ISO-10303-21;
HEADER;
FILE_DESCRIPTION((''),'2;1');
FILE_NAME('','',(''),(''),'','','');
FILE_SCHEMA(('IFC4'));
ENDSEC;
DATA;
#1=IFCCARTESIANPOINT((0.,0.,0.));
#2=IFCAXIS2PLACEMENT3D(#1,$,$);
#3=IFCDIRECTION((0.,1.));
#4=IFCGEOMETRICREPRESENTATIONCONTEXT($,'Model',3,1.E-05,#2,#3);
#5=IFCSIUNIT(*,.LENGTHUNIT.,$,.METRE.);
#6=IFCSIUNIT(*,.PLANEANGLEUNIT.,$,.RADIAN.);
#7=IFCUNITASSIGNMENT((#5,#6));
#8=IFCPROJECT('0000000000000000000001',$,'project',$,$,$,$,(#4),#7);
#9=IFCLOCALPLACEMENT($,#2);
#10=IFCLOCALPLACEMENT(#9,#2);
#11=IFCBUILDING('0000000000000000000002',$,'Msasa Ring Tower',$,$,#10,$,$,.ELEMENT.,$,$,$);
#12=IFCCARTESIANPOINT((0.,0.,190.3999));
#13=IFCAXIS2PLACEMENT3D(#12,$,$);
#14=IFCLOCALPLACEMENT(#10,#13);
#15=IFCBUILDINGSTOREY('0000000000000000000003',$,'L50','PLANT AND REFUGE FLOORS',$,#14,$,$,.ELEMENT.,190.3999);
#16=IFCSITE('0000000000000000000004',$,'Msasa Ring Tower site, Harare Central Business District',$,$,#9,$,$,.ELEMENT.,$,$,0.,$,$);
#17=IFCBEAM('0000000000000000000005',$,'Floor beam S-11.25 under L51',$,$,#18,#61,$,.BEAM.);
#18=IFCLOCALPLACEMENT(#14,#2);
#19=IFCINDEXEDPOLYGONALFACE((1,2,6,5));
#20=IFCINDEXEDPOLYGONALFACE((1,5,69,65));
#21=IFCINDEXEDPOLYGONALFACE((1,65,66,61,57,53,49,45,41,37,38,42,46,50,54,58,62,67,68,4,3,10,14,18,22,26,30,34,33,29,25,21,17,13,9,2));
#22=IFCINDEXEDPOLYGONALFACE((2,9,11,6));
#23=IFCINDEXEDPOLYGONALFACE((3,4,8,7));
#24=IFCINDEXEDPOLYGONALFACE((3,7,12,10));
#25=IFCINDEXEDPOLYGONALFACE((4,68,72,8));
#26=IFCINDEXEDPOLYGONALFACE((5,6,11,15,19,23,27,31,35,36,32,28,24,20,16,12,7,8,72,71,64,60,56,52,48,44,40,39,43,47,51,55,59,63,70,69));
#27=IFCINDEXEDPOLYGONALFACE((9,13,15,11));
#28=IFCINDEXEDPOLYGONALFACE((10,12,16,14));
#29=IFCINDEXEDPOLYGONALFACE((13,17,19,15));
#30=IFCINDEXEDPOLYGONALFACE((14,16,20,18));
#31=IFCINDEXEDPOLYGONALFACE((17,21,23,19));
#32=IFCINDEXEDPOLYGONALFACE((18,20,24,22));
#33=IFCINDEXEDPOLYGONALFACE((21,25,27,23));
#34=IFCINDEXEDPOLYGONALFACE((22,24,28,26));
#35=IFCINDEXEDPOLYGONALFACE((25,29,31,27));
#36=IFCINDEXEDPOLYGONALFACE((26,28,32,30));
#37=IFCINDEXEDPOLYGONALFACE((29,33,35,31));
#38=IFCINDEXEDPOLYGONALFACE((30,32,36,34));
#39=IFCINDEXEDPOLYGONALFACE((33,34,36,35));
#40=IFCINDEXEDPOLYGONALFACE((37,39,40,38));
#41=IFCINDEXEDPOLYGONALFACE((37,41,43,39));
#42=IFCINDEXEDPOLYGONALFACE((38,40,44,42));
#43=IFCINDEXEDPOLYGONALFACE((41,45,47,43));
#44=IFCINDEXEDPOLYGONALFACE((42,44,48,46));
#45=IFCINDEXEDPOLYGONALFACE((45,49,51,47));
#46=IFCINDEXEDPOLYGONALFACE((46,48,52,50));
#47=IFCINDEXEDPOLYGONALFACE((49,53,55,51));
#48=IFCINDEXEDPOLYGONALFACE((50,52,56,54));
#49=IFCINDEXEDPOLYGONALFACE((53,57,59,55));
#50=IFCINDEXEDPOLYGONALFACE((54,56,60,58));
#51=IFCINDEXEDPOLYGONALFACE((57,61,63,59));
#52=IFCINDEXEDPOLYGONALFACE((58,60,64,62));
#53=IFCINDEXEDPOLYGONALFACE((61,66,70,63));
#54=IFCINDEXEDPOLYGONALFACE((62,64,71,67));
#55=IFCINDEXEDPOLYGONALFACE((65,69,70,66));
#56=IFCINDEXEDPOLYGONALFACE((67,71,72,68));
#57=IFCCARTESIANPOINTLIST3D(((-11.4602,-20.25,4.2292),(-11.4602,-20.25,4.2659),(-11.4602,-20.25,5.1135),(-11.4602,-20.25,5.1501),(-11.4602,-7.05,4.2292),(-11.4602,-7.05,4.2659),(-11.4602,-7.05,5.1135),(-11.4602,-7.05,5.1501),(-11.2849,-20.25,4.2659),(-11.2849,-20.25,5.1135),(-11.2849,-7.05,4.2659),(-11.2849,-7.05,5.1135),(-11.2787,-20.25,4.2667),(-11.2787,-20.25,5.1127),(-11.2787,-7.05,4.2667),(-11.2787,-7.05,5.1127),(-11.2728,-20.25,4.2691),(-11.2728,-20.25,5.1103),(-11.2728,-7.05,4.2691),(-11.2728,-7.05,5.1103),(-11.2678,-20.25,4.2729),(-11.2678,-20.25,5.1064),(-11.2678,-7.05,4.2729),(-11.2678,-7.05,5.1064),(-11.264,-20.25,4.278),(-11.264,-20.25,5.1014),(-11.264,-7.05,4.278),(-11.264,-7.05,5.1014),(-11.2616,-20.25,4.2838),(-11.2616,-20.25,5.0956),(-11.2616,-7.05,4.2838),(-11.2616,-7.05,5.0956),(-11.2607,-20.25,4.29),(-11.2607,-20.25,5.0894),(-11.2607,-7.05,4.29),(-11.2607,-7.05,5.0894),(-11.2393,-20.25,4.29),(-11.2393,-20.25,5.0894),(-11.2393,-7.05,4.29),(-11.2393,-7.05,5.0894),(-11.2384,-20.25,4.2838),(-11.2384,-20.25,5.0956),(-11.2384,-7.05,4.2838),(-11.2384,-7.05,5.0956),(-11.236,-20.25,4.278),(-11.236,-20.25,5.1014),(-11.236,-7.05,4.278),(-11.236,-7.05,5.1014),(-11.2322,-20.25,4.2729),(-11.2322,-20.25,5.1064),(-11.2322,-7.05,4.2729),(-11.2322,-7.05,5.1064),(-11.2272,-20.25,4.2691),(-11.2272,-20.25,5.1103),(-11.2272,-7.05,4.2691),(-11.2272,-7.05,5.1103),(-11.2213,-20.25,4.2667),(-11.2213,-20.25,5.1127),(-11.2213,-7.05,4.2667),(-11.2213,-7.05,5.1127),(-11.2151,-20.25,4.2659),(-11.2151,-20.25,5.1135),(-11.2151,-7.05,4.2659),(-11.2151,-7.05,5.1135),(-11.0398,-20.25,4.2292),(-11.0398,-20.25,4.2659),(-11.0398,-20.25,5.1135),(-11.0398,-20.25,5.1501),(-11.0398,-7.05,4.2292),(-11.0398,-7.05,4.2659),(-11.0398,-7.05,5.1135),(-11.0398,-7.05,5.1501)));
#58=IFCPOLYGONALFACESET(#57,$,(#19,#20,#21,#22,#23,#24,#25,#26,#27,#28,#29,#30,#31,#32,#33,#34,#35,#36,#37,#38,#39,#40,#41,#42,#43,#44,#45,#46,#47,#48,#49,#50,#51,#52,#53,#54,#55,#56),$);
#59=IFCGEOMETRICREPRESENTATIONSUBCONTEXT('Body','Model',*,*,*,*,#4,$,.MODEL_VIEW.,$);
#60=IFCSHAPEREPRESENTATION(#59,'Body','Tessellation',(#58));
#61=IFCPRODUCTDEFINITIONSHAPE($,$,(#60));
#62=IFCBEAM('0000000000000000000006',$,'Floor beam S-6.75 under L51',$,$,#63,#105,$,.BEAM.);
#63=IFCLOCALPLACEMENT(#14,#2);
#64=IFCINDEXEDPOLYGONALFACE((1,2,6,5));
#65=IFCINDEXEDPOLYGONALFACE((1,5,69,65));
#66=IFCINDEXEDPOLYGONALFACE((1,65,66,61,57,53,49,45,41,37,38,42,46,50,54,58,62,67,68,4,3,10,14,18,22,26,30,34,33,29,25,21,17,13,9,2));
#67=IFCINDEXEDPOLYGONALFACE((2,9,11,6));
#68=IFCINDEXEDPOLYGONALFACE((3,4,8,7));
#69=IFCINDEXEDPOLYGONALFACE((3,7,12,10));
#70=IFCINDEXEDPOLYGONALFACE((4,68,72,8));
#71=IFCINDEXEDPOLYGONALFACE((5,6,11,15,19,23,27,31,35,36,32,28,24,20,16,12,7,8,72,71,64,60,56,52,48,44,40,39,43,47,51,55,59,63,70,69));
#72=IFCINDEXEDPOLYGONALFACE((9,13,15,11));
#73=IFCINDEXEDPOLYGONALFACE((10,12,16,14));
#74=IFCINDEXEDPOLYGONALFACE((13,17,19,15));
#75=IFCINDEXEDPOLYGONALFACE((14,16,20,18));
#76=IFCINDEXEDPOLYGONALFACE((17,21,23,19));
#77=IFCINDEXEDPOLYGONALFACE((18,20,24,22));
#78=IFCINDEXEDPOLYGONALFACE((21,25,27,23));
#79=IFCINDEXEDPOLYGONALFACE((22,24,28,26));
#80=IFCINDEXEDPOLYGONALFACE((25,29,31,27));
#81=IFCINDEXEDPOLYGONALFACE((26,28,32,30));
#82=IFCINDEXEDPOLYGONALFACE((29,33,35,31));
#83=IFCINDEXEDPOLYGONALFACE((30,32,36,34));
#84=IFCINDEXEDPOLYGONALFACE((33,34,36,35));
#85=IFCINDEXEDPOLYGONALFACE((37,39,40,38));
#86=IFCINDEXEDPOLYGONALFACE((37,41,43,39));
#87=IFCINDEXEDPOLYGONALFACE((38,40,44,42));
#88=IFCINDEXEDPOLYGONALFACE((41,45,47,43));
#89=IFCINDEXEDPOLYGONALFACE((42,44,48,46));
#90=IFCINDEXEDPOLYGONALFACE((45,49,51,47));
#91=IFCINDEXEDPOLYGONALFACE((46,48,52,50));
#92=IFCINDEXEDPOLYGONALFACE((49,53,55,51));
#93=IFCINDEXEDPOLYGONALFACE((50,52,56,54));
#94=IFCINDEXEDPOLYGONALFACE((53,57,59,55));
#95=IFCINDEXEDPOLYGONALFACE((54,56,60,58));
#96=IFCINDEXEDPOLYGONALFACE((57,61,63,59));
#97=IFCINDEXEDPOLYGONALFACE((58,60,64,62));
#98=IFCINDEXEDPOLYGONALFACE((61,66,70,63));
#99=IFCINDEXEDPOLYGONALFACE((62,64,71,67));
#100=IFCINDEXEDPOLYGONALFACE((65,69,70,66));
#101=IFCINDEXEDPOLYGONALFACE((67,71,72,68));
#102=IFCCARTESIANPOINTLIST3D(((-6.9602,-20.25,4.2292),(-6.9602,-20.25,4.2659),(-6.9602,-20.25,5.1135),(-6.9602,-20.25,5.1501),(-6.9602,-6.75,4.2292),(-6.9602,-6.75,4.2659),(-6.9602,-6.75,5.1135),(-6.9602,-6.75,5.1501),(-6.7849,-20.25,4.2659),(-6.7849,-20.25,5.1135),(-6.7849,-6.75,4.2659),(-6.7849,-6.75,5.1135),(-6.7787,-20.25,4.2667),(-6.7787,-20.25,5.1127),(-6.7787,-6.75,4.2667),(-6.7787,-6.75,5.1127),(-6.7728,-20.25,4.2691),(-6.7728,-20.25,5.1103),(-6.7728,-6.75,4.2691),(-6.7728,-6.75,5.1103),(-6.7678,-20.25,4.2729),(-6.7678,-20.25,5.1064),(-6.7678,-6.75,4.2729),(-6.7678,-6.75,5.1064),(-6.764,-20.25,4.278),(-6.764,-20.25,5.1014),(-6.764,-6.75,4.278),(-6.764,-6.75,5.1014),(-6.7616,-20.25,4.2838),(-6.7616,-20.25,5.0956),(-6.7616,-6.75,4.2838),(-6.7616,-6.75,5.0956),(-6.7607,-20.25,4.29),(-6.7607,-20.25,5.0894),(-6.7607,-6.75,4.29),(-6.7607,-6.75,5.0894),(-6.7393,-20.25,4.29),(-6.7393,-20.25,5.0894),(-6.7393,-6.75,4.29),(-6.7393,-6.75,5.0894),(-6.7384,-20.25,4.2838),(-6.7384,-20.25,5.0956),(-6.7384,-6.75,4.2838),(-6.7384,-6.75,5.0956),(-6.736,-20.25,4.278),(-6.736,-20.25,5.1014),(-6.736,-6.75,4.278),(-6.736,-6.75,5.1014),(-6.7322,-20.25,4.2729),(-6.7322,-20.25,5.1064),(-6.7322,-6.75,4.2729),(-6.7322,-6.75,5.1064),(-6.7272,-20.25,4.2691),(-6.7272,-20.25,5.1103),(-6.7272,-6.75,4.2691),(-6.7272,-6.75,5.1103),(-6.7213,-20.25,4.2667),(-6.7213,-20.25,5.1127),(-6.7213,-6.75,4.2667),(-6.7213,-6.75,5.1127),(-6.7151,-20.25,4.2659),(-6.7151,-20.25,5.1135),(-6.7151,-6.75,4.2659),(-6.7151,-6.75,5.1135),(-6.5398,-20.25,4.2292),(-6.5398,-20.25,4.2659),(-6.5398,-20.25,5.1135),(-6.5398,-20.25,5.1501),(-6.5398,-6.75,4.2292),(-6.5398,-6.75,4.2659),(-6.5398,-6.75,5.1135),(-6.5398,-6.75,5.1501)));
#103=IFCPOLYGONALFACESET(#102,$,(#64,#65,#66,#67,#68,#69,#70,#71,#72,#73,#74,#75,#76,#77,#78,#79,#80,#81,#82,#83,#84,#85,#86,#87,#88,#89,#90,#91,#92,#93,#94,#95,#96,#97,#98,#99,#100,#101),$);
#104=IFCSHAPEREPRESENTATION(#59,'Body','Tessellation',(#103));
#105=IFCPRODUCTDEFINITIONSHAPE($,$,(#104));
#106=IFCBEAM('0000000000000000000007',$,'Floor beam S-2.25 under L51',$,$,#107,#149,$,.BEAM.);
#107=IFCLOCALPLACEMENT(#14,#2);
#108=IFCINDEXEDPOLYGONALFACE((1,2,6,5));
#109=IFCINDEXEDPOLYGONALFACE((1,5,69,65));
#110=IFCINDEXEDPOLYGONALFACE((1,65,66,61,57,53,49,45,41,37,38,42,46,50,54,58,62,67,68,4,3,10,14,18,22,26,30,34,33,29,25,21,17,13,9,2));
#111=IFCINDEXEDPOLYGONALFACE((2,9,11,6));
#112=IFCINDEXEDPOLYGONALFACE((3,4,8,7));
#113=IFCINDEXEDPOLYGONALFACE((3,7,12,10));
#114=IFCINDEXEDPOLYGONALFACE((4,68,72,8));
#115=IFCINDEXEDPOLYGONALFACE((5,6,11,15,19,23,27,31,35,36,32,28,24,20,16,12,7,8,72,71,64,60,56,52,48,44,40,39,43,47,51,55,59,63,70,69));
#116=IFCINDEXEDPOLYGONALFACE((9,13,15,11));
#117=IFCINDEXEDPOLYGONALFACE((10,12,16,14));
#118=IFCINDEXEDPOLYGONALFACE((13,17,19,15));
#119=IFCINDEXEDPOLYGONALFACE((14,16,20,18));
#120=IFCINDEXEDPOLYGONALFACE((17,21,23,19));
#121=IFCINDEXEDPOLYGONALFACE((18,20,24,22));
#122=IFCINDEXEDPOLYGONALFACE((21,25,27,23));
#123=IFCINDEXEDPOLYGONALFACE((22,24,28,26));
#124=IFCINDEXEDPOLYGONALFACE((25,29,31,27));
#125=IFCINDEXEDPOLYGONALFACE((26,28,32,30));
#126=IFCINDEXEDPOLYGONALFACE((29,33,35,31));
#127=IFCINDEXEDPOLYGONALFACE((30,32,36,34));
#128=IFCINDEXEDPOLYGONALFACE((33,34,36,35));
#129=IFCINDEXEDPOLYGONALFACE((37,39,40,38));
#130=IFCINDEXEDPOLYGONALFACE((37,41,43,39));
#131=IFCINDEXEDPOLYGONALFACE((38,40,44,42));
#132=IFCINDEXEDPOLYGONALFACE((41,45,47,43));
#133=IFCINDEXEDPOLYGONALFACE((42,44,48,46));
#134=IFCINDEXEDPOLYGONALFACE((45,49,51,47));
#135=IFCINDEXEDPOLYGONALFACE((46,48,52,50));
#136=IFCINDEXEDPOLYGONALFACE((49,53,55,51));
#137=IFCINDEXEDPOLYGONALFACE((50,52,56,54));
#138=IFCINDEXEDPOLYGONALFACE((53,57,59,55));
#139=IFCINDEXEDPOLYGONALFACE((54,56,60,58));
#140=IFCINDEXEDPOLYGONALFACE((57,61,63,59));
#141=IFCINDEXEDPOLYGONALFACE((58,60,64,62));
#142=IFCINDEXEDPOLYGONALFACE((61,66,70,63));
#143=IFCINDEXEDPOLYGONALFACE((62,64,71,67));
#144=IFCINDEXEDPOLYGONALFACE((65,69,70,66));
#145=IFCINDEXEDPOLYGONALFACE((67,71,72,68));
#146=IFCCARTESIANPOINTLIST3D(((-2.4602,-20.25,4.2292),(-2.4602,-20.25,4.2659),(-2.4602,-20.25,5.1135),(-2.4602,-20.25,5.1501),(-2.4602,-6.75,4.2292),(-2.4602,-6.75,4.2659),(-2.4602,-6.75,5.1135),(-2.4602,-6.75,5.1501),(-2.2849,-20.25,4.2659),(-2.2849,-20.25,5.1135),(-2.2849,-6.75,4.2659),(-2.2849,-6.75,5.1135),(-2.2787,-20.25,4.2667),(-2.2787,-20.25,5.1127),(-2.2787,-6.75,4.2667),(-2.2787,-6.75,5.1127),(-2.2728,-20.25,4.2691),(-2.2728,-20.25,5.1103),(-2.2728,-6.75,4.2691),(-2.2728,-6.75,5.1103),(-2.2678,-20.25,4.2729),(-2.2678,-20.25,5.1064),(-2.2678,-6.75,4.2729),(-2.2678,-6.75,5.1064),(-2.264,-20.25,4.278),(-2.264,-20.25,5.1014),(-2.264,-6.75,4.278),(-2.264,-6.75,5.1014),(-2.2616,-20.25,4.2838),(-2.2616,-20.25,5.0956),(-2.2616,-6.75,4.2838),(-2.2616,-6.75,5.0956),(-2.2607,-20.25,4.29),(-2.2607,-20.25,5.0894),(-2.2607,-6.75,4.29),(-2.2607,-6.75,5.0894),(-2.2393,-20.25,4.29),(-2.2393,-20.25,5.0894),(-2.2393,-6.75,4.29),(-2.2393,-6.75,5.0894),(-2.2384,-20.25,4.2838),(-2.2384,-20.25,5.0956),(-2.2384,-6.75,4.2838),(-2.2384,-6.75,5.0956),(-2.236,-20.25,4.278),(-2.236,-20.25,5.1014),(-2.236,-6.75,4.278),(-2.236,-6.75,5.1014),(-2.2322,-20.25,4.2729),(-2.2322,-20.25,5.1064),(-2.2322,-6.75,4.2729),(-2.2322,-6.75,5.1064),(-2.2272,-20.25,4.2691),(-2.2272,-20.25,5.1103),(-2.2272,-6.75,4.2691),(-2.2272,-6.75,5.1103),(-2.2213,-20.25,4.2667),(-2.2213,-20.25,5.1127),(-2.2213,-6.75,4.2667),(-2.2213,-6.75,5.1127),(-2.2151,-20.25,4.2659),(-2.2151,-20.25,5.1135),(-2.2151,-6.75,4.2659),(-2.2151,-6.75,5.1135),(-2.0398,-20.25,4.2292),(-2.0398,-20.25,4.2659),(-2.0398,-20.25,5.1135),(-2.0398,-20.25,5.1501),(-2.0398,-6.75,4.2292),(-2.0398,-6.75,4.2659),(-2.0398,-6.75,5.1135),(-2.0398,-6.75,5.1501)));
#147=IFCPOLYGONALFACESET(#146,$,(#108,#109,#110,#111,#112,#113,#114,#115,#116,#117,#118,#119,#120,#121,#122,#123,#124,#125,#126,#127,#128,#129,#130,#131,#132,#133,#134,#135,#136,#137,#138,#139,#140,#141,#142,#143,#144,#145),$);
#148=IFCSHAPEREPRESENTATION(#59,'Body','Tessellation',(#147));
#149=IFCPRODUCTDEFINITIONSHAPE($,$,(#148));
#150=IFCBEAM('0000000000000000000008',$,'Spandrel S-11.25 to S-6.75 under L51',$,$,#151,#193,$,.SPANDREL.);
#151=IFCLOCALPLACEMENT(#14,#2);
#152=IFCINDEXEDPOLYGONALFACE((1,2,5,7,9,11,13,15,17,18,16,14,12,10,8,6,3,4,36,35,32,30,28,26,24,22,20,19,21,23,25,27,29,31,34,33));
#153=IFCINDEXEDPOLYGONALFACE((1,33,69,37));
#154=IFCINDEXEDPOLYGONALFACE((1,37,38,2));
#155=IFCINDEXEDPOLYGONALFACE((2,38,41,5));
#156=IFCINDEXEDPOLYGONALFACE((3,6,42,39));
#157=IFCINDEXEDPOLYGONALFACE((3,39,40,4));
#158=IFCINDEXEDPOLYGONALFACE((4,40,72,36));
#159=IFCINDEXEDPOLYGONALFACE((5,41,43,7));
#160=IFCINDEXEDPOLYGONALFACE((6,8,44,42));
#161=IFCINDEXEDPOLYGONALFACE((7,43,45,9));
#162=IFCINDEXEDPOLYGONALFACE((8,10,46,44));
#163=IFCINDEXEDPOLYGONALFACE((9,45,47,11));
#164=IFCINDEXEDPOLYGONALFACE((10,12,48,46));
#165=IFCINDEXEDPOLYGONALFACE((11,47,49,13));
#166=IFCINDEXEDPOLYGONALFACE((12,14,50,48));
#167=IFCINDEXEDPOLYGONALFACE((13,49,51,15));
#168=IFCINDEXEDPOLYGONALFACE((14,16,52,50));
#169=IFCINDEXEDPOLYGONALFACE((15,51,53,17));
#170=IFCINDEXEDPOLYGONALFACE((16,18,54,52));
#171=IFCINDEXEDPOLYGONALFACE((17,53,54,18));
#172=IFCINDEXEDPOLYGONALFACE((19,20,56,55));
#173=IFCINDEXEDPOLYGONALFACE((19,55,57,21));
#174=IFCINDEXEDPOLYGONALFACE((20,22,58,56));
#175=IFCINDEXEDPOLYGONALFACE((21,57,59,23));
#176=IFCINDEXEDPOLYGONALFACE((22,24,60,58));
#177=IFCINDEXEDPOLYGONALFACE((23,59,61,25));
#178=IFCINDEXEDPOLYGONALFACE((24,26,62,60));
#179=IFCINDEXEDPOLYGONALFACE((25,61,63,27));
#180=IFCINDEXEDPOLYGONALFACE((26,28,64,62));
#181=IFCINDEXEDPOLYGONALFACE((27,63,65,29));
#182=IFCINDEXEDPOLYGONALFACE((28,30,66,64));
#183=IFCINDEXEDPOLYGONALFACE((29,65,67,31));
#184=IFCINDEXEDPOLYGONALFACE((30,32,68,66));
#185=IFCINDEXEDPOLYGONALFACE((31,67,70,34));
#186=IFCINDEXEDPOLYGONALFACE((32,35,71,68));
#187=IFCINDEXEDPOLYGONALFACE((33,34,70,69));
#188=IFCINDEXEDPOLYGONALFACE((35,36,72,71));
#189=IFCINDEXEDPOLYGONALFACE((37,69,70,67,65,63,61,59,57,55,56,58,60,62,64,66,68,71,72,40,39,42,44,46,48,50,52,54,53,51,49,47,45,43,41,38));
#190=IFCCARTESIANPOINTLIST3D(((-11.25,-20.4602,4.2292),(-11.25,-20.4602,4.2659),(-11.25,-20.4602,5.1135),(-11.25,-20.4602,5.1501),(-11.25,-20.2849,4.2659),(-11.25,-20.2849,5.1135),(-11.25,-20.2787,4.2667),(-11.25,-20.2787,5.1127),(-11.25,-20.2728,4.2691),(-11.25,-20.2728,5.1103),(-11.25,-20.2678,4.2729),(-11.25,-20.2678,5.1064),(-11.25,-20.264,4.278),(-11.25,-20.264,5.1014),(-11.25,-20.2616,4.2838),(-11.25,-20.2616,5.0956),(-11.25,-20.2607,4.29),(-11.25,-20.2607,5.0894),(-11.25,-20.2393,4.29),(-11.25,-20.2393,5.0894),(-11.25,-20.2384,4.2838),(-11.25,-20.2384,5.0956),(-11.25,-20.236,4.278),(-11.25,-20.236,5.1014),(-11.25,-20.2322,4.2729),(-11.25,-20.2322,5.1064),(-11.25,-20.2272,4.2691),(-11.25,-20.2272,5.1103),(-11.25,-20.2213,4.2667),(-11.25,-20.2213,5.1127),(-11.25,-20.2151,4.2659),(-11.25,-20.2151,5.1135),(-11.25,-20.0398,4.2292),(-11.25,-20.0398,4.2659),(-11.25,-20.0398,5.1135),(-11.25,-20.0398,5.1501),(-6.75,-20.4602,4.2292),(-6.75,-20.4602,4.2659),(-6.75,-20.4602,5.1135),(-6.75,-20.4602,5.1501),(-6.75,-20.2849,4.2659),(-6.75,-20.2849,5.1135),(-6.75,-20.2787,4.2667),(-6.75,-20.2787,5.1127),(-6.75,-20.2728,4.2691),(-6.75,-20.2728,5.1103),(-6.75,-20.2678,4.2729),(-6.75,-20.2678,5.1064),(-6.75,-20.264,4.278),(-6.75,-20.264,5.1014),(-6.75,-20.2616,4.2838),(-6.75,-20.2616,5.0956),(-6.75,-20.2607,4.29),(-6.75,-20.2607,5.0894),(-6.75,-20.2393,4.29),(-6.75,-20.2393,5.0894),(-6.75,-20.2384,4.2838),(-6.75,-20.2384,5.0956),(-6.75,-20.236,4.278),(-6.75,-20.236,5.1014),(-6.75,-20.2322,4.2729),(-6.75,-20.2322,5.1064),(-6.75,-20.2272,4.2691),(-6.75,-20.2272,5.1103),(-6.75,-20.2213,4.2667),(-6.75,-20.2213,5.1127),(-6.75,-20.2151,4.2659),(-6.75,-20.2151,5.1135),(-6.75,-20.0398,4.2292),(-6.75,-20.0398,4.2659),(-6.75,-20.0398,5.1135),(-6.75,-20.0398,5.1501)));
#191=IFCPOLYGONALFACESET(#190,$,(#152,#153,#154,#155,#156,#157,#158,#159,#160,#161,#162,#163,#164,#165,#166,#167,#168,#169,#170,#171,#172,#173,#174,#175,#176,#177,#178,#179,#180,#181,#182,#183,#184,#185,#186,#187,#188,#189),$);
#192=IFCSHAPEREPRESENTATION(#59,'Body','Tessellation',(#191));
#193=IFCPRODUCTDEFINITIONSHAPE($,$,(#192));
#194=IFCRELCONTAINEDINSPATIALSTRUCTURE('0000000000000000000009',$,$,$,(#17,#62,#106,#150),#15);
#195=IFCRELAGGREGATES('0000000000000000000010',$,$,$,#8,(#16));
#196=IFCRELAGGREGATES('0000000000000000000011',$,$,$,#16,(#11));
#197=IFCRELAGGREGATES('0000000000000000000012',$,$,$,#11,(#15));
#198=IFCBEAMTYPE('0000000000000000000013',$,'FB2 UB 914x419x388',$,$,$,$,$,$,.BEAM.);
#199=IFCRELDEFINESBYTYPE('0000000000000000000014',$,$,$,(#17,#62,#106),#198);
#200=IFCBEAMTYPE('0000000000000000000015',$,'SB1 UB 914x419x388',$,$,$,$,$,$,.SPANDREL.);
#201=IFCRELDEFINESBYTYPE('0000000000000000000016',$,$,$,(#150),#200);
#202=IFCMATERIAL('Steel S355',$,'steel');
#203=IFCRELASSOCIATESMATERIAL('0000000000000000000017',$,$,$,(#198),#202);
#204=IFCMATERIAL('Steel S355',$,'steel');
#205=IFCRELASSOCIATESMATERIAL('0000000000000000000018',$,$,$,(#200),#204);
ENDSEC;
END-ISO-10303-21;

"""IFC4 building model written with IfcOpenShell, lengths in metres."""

from ifc_helpers import new_model, si_unit, direction, frame, origin, origin_2d, place, context, subcontext, project, spatial, i_section, extrude, material, material_profile, profile_set, type_object, element, save


model = new_model("IFC4")

# Units and contexts
model_context = context("Model", 3, precision=1e-05, world=origin(), true_north=direction((0.0, 1.0)))
body_context = subcontext(model_context, "Body", "Model", "MODEL_VIEW")
ifc_project = project(units=[si_unit("LENGTHUNIT", "METRE"), si_unit("PLANEANGLEUNIT", "RADIAN")], contexts=[model_context])

# Site, building, storey
site_placement = place(None, origin())
site = spatial("IfcSite", under=ifc_project, at=site_placement, Name="Msasa Ring Tower site, Harare Central Business District", CompositionType="ELEMENT", RefElevation=0.0)
building_placement = place(site_placement, origin())
building = spatial("IfcBuilding", under=site, at=building_placement, Name="Msasa Ring Tower", CompositionType="ELEMENT")
storey_placement = place(building_placement, frame((0.0, 0.0, 190.3999)))
storey = spatial("IfcBuildingStorey", under=building, at=storey_placement, Name="L50", Description="PLANT AND REFUGE FLOORS", CompositionType="ELEMENT", Elevation=190.3999)

# Beams
ifc_material_1 = material(Name="Steel S355", Category="steel")
ifc_material_profile_1 = material_profile(ifc_material_1, i_section(OverallWidth=0.4204, OverallDepth=0.9209, WebThickness=0.0215, FlangeThickness=0.0366, FilletRadius=0.0242, at=origin_2d()), Name="UB 914x419x388")
ifc_profile_set_1 = profile_set([ifc_material_profile_1], Name="Steel S355")
beam_type_1 = type_object("IfcBeamType", Name="FB2 UB 914x419x388", PredefinedType="BEAM", material=ifc_profile_set_1)
beam_placement = place(storey_placement, frame((-11.25, -20.25, 4.6897), z_axis=(0.0, 1.0, 0.0), x_axis=(-1.0, 0.0, 0.0)))
element("IfcBeam", 1, at=beam_placement, inside=storey, type_object=beam_type_1, Name="Floor beam S-11.25 under L51", PredefinedType="BEAM", context=body_context, shape_type="SweptSolid", body=[
    extrude(i_section(OverallWidth=0.4204, OverallDepth=0.9209, WebThickness=0.0215, FlangeThickness=0.0366, FilletRadius=0.0242, at=origin_2d()), origin(), (0.0, 0.0, 1.0), 13.2),
])
for number, where, z_axis, x_axis, name in (
    (2, (-6.75, -20.25, 4.6897), (0.0, 1.0, 0.0), (-1.0, 0.0, 0.0), "Floor beam S-6.75 under L51"),
    (3, (-2.25, -20.25, 4.6897), (0.0, 1.0, 0.0), (-1.0, 0.0, 0.0), "Floor beam S-2.25 under L51"),
):
    element("IfcBeam", number, at=place(storey_placement, frame(where, z_axis=z_axis, x_axis=x_axis)), inside=storey, type_object=beam_type_1, Name=name, PredefinedType="BEAM", context=body_context, shape_type="SweptSolid", body=[
        extrude(i_section(OverallWidth=0.4204, OverallDepth=0.9209, WebThickness=0.0215, FlangeThickness=0.0366, FilletRadius=0.0242, at=origin_2d()), origin(), (0.0, 0.0, 1.0), 13.5),
    ])
ifc_material_2 = material(Name="Steel S355", Category="steel")
ifc_material_profile_2 = material_profile(ifc_material_2, i_section(OverallWidth=0.4204, OverallDepth=0.9209, WebThickness=0.0215, FlangeThickness=0.0366, FilletRadius=0.0242, at=origin_2d()), Name="UB 914x419x388")
ifc_profile_set_2 = profile_set([ifc_material_profile_2], Name="Steel S355")
beam_type_2 = type_object("IfcBeamType", Name="SB1 UB 914x419x388", PredefinedType="SPANDREL", material=ifc_profile_set_2)
for number, where, z_axis, x_axis, name in (
    (4, (-11.25, -20.25, 4.6897), (1.0, 0.0, 0.0), (0.0, 1.0, 0.0), "Spandrel S-11.25 to S-6.75 under L51"),
):
    element("IfcBeam", number, at=place(storey_placement, frame(where, z_axis=z_axis, x_axis=x_axis)), inside=storey, type_object=beam_type_2, Name=name, PredefinedType="SPANDREL", context=body_context, shape_type="SweptSolid", body=[
        extrude(i_section(OverallWidth=0.4204, OverallDepth=0.9209, WebThickness=0.0215, FlangeThickness=0.0366, FilletRadius=0.0242, at=origin_2d()), origin(), (0.0, 0.0, 1.0), 4.5),
    ])

save(model, "model.ifc")
